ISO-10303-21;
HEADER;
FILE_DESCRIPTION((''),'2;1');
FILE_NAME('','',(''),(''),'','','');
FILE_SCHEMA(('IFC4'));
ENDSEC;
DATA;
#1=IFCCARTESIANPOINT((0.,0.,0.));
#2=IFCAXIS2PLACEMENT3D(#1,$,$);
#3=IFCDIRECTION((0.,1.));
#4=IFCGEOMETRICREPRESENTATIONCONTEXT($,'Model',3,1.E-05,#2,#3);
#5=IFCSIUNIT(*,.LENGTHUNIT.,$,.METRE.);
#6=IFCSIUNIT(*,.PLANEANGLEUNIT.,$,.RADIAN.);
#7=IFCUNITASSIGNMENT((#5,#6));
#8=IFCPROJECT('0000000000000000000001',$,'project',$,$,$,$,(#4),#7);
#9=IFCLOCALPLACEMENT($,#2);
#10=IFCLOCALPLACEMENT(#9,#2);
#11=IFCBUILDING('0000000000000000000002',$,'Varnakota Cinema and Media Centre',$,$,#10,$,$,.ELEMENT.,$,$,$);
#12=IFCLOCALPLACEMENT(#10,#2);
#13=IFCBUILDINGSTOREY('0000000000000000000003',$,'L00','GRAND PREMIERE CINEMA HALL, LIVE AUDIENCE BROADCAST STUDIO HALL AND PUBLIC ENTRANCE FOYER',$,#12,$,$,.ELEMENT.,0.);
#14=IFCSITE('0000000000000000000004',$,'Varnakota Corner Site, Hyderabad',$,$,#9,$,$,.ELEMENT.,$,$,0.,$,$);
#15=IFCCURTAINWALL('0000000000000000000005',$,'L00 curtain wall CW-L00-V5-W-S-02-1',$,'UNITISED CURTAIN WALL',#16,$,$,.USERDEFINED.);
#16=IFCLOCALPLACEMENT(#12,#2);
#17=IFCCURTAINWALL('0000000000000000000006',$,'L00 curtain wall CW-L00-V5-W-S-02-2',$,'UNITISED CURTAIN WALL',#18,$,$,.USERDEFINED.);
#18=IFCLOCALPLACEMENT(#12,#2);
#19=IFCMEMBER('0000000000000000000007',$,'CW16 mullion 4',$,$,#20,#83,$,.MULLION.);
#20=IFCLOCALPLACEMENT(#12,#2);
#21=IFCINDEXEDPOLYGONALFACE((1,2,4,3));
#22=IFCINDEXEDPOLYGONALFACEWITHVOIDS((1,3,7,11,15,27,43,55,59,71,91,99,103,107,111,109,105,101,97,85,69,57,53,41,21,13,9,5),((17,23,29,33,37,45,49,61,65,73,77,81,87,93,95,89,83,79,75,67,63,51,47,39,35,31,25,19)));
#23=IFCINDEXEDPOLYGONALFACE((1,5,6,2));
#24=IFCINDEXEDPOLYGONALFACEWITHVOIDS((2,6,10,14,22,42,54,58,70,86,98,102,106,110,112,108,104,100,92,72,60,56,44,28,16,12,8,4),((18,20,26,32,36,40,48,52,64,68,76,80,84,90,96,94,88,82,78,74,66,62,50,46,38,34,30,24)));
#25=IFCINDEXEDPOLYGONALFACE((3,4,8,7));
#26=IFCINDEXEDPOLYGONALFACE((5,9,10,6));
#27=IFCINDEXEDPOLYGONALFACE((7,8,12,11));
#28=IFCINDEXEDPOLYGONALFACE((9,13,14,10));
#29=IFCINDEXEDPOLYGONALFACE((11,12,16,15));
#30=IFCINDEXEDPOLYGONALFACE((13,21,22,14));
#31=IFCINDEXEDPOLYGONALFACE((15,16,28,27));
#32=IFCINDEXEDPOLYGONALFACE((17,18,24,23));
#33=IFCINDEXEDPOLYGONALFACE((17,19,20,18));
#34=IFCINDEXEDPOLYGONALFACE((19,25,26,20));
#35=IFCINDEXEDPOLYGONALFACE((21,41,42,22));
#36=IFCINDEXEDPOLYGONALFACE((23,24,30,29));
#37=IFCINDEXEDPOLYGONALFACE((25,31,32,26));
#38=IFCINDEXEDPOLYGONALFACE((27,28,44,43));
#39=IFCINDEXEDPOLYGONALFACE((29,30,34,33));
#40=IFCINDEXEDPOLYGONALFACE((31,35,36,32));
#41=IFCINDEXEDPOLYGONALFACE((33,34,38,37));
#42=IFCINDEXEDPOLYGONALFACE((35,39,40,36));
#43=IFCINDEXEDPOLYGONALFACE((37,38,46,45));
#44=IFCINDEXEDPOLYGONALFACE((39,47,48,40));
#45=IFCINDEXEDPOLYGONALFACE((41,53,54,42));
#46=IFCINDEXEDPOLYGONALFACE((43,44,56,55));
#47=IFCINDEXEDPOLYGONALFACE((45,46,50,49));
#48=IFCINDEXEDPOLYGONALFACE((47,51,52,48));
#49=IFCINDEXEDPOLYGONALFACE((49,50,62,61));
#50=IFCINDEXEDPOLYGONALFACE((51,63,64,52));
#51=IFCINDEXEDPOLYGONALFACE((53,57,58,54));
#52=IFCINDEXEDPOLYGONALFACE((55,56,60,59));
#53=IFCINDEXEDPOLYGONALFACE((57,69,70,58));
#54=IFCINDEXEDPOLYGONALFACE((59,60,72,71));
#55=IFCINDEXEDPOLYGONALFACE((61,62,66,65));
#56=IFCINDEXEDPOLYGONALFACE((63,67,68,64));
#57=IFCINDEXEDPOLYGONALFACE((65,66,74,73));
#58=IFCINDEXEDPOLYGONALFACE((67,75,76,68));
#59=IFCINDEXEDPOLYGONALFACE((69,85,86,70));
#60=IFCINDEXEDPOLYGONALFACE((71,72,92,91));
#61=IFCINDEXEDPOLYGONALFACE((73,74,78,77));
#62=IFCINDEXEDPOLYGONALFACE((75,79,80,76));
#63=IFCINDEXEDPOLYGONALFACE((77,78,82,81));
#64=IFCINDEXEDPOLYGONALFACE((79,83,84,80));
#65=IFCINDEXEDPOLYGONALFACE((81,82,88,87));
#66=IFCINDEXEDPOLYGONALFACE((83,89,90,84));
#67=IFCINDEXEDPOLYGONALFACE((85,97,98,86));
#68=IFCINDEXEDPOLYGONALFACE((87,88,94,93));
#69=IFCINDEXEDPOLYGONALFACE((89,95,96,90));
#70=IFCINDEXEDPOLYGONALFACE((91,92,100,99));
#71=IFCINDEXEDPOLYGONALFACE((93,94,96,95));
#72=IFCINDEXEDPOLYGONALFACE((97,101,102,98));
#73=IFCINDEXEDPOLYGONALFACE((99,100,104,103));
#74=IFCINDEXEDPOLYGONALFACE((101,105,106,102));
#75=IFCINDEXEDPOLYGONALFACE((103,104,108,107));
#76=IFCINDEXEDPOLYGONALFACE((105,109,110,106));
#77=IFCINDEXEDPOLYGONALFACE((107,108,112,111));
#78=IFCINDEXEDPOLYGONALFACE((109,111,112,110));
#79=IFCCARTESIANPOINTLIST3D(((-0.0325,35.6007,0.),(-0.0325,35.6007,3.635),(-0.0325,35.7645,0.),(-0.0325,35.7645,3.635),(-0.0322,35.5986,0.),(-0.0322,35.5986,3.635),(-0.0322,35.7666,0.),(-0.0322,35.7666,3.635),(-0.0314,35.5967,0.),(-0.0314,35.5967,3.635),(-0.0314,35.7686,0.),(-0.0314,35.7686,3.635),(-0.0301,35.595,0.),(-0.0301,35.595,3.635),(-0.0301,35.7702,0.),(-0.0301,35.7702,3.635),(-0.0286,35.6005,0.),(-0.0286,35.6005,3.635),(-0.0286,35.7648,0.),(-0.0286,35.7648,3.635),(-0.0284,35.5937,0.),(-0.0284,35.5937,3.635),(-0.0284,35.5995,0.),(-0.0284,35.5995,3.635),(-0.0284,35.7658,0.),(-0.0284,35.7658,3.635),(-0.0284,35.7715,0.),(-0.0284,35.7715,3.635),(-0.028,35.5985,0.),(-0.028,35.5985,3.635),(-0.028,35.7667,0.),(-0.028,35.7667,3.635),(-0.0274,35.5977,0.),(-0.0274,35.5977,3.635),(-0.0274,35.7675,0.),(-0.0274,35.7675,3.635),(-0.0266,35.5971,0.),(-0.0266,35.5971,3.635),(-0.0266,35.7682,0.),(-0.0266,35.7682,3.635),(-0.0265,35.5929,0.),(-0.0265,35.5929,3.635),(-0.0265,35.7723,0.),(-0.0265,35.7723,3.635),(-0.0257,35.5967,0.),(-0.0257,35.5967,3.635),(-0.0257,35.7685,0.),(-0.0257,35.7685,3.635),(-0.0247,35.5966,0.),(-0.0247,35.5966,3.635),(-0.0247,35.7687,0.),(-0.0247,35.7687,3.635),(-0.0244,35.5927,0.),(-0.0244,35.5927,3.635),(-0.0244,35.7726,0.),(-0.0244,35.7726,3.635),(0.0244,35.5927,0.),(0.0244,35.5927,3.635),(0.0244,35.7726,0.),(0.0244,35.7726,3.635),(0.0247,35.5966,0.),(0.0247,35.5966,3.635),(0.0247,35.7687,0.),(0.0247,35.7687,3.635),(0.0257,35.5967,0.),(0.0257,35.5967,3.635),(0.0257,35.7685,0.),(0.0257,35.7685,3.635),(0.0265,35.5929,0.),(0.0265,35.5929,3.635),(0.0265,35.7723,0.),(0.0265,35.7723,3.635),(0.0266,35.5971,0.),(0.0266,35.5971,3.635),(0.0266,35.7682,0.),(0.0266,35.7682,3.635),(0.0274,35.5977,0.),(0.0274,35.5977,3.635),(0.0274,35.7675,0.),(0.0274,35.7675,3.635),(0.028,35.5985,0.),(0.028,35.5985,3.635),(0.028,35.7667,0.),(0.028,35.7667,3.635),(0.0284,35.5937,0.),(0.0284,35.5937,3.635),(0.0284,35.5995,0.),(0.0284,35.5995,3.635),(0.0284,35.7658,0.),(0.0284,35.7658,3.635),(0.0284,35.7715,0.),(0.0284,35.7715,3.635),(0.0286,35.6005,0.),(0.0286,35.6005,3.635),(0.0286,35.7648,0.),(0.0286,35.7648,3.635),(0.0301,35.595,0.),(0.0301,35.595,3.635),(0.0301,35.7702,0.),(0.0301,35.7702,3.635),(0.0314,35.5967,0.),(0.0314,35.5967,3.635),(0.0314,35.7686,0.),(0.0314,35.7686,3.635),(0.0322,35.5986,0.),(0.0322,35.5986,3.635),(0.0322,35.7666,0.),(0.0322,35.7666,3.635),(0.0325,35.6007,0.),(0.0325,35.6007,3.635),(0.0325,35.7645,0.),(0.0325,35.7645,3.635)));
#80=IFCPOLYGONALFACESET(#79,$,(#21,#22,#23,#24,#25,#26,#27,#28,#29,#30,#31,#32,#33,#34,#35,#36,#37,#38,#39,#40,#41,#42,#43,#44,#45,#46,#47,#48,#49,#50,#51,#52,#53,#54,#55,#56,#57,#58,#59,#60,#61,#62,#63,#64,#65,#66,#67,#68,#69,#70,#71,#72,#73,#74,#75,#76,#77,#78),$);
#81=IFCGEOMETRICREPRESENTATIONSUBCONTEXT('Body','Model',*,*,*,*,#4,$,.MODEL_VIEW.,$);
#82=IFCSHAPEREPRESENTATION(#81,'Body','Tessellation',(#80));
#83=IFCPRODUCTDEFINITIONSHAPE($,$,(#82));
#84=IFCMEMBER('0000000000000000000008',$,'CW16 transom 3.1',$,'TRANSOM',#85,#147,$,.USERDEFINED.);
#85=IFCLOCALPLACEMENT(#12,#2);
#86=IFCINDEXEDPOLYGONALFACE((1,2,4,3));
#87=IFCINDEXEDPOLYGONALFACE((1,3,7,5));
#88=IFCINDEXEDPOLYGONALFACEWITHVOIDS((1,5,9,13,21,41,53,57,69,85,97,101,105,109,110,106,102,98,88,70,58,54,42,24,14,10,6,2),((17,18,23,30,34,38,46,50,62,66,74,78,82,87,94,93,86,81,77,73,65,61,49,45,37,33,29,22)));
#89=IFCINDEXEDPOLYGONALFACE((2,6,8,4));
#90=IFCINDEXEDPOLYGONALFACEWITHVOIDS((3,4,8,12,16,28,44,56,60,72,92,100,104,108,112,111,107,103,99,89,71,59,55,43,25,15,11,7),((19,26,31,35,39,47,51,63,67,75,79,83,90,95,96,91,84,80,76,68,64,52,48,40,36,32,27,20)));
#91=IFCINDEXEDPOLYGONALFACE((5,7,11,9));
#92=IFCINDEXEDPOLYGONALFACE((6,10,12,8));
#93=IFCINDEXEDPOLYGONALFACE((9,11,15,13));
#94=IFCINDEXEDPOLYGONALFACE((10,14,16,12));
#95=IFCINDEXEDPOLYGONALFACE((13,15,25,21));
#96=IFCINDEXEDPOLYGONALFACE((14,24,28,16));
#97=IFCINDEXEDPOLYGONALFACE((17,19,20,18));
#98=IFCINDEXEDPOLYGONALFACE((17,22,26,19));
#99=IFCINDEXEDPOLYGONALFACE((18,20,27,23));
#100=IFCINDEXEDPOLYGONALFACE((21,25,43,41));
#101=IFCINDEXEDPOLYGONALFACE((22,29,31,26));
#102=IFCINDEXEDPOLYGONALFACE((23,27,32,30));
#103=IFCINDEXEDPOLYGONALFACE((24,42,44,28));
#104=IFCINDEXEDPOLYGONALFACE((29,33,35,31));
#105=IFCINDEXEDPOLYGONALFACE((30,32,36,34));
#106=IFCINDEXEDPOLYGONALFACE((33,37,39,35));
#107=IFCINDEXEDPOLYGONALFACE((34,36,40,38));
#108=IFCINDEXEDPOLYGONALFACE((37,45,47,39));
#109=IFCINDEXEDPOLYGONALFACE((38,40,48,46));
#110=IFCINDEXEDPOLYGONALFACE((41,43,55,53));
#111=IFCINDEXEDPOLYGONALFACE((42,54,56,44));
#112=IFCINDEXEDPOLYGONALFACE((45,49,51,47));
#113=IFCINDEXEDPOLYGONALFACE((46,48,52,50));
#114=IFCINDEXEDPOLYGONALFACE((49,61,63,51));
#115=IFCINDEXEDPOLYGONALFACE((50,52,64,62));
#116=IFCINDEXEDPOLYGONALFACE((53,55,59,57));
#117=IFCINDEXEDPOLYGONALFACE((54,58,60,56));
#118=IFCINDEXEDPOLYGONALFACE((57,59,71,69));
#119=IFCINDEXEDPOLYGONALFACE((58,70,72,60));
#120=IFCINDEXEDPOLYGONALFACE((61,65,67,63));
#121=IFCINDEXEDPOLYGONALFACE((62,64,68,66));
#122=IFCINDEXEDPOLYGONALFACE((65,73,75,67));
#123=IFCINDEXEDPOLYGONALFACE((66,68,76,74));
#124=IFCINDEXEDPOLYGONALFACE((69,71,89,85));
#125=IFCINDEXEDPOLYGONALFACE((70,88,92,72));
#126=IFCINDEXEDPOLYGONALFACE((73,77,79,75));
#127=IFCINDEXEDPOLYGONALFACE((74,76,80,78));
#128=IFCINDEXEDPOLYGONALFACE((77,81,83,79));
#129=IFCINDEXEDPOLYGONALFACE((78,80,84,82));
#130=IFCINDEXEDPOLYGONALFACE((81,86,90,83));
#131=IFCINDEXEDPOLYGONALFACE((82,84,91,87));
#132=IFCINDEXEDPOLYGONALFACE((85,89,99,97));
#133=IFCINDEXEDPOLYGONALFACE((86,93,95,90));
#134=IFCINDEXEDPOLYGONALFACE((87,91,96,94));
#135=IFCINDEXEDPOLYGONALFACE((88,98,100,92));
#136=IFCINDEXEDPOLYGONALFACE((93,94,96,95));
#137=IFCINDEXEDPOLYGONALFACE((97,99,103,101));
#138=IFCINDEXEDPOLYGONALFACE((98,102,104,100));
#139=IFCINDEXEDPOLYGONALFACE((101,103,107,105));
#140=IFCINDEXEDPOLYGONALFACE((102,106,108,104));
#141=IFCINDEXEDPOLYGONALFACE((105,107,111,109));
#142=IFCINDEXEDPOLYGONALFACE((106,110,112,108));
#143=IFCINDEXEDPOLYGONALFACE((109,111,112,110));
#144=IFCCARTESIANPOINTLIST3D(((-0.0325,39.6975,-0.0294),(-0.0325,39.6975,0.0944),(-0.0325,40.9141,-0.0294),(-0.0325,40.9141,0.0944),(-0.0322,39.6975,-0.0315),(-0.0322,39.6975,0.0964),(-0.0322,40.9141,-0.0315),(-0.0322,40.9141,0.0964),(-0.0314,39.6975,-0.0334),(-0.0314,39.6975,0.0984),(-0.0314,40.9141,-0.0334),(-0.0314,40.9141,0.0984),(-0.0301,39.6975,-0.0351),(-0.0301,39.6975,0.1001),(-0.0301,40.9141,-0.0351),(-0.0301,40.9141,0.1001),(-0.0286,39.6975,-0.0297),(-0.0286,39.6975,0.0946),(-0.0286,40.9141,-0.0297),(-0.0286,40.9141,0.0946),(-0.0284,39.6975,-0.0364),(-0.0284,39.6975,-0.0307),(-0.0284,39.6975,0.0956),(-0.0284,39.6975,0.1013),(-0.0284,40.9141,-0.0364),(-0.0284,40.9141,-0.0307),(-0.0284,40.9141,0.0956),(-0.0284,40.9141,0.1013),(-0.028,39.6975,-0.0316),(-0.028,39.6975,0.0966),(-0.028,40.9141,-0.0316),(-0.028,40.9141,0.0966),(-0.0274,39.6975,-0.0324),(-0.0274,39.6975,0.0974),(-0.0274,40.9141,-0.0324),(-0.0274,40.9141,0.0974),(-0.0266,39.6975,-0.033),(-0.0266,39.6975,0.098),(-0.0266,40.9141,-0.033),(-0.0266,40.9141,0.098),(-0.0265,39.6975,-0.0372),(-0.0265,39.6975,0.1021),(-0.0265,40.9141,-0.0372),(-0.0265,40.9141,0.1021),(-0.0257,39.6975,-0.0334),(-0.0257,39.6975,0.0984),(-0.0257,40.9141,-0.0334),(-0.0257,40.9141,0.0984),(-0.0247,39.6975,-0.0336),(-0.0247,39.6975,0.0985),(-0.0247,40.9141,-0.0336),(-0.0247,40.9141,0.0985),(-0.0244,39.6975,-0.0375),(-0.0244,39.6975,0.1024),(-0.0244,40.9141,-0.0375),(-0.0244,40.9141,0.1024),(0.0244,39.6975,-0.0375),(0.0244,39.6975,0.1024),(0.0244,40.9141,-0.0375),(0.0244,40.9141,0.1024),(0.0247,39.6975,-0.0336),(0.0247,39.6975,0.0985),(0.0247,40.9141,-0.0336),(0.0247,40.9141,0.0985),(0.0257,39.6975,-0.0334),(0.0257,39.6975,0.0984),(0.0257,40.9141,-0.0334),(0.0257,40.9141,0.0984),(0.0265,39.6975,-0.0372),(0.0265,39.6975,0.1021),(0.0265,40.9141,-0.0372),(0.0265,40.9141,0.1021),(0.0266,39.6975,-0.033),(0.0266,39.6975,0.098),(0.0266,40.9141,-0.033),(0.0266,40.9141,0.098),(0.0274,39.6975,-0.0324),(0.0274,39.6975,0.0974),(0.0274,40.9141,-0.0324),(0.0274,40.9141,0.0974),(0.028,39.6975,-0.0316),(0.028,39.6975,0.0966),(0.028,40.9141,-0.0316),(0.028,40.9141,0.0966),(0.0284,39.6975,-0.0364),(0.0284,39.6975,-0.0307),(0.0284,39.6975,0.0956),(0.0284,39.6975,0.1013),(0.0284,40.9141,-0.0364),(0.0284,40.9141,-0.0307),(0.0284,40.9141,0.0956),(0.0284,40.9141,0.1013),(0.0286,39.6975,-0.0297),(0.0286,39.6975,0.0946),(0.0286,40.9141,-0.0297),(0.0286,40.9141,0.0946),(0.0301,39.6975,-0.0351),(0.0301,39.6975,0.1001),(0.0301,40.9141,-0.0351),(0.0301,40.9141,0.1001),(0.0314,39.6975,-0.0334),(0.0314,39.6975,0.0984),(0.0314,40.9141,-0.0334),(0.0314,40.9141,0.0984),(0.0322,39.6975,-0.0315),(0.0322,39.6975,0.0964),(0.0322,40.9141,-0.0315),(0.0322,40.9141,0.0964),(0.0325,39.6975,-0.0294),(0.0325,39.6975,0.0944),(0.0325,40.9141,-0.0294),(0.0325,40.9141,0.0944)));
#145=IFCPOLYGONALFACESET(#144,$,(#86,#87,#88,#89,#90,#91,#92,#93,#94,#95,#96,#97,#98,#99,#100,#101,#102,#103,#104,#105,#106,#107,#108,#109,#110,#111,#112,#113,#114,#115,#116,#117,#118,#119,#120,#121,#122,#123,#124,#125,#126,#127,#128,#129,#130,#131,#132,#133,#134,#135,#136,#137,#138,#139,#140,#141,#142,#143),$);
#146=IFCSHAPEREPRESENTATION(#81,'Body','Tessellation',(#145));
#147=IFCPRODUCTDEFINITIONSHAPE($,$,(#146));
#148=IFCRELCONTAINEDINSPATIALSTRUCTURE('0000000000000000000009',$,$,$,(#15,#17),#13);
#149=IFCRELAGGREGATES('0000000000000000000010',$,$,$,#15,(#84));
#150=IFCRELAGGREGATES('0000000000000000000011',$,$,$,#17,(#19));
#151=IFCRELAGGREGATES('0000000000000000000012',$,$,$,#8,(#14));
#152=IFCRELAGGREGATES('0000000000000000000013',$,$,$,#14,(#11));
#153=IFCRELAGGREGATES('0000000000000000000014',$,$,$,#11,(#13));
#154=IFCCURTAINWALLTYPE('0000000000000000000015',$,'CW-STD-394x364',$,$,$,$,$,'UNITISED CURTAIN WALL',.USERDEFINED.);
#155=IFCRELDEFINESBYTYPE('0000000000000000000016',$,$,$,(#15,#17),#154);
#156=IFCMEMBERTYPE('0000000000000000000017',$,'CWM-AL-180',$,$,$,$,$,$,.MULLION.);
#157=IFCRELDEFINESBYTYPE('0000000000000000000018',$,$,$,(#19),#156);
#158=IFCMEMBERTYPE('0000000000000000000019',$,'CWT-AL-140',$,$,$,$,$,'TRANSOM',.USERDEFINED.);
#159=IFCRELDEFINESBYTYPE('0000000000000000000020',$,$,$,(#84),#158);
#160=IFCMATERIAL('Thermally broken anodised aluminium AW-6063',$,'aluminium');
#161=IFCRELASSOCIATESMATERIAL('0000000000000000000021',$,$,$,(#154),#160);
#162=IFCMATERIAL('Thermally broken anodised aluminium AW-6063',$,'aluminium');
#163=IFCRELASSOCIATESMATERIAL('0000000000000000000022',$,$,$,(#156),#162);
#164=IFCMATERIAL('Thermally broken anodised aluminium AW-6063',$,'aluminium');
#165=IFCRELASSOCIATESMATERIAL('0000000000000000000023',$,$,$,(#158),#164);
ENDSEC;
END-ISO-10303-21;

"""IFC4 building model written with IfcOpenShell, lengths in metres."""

from ifc_helpers import new_model, si_unit, direction, frame, origin, origin_2d, place, context, subcontext, project, spatial, hollow_rectangle, extrude, material, material_profile, profile_set, type_object, element, aggregate, save


model = new_model("IFC4")

# Units and contexts
model_context = context("Model", 3, precision=1e-05, world=origin(), true_north=direction((0.0, 1.0)))
body_context = subcontext(model_context, "Body", "Model", "MODEL_VIEW")
ifc_project = project(units=[si_unit("LENGTHUNIT", "METRE"), si_unit("PLANEANGLEUNIT", "RADIAN")], contexts=[model_context])

# Site, building, storey
site_placement = place(None, origin())
site = spatial("IfcSite", under=ifc_project, at=site_placement, Name="Varnakota Corner Site, Hyderabad", CompositionType="ELEMENT", RefElevation=0.0)
building_placement = place(site_placement, origin())
building = spatial("IfcBuilding", under=site, at=building_placement, Name="Varnakota Cinema and Media Centre", CompositionType="ELEMENT")
storey_placement = place(building_placement, origin())
storey = spatial("IfcBuildingStorey", under=building, at=storey_placement, Name="L00", Description="GRAND PREMIERE CINEMA HALL, LIVE AUDIENCE BROADCAST STUDIO HALL AND PUBLIC ENTRANCE FOYER", CompositionType="ELEMENT", Elevation=0.0)

# Curtain wall
ifc_material_1 = material(Name="Thermally broken anodised aluminium AW-6063", Category="aluminium")
curtain_wall_type = type_object("IfcCurtainWallType", Name="CW-STD-394x364", ElementType="UNITISED CURTAIN WALL", PredefinedType="USERDEFINED", material=ifc_material_1)
curtain_wall_1_placement = place(storey_placement, origin())
curtain_wall_1 = element("IfcCurtainWall", 1, at=curtain_wall_1_placement, inside=storey, type_object=curtain_wall_type, Name="L00 curtain wall CW-L00-V5-W-S-02-1", ObjectType="UNITISED CURTAIN WALL", PredefinedType="USERDEFINED")
ifc_material_2 = material(Name="Thermally broken anodised aluminium AW-6063", Category="aluminium")
ifc_material_profile_1 = material_profile(ifc_material_2, hollow_rectangle(XDim=0.0649, YDim=0.1799, WallThickness=0.0039, InnerFilletRadius=0.0039, OuterFilletRadius=0.0081, at=origin_2d()), Name="AL-MULLION 180x65x4")
ifc_profile_set_1 = profile_set([ifc_material_profile_1], Name="Thermally broken anodised aluminium AW-6063")
member_type_1 = type_object("IfcMemberType", Name="CWM-AL-180", PredefinedType="MULLION", material=ifc_profile_set_1)

# Curtain wall, member
curtain_wall_2_placement = place(storey_placement, origin())
curtain_wall_2 = element("IfcCurtainWall", 2, at=curtain_wall_2_placement, inside=storey, type_object=curtain_wall_type, Name="L00 curtain wall CW-L00-V5-W-S-02-2", ObjectType="UNITISED CURTAIN WALL", PredefinedType="USERDEFINED")
member_1_placement = place(storey_placement, frame((0.0, 35.6826, 0.0), z_axis=(0.0, 0.0, 1.0), x_axis=(1.0, 0.0, 0.0)))
member_1 = element("IfcMember", 3, at=member_1_placement, type_object=member_type_1, Name="CW16 mullion 4", PredefinedType="MULLION", context=body_context, shape_type="SweptSolid", body=[
    extrude(hollow_rectangle(XDim=0.0649, YDim=0.1799, WallThickness=0.0039, InnerFilletRadius=0.0039, OuterFilletRadius=0.0081, at=origin_2d()), origin(), (0.0, 0.0, 1.0), 3.635),
])

# Member
ifc_material_3 = material(Name="Thermally broken anodised aluminium AW-6063", Category="aluminium")
ifc_material_profile_2 = material_profile(ifc_material_3, hollow_rectangle(XDim=0.0649, YDim=0.1399, WallThickness=0.0039, InnerFilletRadius=0.0039, OuterFilletRadius=0.0081, at=origin_2d()), Name="AL-TRANSOM 140x65x4")
ifc_profile_set_2 = profile_set([ifc_material_profile_2], Name="Thermally broken anodised aluminium AW-6063")
member_type_2 = type_object("IfcMemberType", Name="CWT-AL-140", ElementType="TRANSOM", PredefinedType="USERDEFINED", material=ifc_profile_set_2)
member_2_placement = place(storey_placement, frame((0.0, 40.9141, 0.0325), z_axis=(0.0, -1.0, 0.0), x_axis=(1.0, 0.0, 0.0)))
member_2 = element("IfcMember", 4, at=member_2_placement, type_object=member_type_2, Name="CW16 transom 3.1", ObjectType="TRANSOM", PredefinedType="USERDEFINED", context=body_context, shape_type="SweptSolid", body=[
    extrude(hollow_rectangle(XDim=0.0649, YDim=0.1399, WallThickness=0.0039, InnerFilletRadius=0.0039, OuterFilletRadius=0.0081, at=origin_2d()), origin(), (0.0, 0.0, 1.0), 1.2166),
])

aggregate(curtain_wall_1, [member_2])
aggregate(curtain_wall_2, [member_1])

save(model, "model.ifc")
